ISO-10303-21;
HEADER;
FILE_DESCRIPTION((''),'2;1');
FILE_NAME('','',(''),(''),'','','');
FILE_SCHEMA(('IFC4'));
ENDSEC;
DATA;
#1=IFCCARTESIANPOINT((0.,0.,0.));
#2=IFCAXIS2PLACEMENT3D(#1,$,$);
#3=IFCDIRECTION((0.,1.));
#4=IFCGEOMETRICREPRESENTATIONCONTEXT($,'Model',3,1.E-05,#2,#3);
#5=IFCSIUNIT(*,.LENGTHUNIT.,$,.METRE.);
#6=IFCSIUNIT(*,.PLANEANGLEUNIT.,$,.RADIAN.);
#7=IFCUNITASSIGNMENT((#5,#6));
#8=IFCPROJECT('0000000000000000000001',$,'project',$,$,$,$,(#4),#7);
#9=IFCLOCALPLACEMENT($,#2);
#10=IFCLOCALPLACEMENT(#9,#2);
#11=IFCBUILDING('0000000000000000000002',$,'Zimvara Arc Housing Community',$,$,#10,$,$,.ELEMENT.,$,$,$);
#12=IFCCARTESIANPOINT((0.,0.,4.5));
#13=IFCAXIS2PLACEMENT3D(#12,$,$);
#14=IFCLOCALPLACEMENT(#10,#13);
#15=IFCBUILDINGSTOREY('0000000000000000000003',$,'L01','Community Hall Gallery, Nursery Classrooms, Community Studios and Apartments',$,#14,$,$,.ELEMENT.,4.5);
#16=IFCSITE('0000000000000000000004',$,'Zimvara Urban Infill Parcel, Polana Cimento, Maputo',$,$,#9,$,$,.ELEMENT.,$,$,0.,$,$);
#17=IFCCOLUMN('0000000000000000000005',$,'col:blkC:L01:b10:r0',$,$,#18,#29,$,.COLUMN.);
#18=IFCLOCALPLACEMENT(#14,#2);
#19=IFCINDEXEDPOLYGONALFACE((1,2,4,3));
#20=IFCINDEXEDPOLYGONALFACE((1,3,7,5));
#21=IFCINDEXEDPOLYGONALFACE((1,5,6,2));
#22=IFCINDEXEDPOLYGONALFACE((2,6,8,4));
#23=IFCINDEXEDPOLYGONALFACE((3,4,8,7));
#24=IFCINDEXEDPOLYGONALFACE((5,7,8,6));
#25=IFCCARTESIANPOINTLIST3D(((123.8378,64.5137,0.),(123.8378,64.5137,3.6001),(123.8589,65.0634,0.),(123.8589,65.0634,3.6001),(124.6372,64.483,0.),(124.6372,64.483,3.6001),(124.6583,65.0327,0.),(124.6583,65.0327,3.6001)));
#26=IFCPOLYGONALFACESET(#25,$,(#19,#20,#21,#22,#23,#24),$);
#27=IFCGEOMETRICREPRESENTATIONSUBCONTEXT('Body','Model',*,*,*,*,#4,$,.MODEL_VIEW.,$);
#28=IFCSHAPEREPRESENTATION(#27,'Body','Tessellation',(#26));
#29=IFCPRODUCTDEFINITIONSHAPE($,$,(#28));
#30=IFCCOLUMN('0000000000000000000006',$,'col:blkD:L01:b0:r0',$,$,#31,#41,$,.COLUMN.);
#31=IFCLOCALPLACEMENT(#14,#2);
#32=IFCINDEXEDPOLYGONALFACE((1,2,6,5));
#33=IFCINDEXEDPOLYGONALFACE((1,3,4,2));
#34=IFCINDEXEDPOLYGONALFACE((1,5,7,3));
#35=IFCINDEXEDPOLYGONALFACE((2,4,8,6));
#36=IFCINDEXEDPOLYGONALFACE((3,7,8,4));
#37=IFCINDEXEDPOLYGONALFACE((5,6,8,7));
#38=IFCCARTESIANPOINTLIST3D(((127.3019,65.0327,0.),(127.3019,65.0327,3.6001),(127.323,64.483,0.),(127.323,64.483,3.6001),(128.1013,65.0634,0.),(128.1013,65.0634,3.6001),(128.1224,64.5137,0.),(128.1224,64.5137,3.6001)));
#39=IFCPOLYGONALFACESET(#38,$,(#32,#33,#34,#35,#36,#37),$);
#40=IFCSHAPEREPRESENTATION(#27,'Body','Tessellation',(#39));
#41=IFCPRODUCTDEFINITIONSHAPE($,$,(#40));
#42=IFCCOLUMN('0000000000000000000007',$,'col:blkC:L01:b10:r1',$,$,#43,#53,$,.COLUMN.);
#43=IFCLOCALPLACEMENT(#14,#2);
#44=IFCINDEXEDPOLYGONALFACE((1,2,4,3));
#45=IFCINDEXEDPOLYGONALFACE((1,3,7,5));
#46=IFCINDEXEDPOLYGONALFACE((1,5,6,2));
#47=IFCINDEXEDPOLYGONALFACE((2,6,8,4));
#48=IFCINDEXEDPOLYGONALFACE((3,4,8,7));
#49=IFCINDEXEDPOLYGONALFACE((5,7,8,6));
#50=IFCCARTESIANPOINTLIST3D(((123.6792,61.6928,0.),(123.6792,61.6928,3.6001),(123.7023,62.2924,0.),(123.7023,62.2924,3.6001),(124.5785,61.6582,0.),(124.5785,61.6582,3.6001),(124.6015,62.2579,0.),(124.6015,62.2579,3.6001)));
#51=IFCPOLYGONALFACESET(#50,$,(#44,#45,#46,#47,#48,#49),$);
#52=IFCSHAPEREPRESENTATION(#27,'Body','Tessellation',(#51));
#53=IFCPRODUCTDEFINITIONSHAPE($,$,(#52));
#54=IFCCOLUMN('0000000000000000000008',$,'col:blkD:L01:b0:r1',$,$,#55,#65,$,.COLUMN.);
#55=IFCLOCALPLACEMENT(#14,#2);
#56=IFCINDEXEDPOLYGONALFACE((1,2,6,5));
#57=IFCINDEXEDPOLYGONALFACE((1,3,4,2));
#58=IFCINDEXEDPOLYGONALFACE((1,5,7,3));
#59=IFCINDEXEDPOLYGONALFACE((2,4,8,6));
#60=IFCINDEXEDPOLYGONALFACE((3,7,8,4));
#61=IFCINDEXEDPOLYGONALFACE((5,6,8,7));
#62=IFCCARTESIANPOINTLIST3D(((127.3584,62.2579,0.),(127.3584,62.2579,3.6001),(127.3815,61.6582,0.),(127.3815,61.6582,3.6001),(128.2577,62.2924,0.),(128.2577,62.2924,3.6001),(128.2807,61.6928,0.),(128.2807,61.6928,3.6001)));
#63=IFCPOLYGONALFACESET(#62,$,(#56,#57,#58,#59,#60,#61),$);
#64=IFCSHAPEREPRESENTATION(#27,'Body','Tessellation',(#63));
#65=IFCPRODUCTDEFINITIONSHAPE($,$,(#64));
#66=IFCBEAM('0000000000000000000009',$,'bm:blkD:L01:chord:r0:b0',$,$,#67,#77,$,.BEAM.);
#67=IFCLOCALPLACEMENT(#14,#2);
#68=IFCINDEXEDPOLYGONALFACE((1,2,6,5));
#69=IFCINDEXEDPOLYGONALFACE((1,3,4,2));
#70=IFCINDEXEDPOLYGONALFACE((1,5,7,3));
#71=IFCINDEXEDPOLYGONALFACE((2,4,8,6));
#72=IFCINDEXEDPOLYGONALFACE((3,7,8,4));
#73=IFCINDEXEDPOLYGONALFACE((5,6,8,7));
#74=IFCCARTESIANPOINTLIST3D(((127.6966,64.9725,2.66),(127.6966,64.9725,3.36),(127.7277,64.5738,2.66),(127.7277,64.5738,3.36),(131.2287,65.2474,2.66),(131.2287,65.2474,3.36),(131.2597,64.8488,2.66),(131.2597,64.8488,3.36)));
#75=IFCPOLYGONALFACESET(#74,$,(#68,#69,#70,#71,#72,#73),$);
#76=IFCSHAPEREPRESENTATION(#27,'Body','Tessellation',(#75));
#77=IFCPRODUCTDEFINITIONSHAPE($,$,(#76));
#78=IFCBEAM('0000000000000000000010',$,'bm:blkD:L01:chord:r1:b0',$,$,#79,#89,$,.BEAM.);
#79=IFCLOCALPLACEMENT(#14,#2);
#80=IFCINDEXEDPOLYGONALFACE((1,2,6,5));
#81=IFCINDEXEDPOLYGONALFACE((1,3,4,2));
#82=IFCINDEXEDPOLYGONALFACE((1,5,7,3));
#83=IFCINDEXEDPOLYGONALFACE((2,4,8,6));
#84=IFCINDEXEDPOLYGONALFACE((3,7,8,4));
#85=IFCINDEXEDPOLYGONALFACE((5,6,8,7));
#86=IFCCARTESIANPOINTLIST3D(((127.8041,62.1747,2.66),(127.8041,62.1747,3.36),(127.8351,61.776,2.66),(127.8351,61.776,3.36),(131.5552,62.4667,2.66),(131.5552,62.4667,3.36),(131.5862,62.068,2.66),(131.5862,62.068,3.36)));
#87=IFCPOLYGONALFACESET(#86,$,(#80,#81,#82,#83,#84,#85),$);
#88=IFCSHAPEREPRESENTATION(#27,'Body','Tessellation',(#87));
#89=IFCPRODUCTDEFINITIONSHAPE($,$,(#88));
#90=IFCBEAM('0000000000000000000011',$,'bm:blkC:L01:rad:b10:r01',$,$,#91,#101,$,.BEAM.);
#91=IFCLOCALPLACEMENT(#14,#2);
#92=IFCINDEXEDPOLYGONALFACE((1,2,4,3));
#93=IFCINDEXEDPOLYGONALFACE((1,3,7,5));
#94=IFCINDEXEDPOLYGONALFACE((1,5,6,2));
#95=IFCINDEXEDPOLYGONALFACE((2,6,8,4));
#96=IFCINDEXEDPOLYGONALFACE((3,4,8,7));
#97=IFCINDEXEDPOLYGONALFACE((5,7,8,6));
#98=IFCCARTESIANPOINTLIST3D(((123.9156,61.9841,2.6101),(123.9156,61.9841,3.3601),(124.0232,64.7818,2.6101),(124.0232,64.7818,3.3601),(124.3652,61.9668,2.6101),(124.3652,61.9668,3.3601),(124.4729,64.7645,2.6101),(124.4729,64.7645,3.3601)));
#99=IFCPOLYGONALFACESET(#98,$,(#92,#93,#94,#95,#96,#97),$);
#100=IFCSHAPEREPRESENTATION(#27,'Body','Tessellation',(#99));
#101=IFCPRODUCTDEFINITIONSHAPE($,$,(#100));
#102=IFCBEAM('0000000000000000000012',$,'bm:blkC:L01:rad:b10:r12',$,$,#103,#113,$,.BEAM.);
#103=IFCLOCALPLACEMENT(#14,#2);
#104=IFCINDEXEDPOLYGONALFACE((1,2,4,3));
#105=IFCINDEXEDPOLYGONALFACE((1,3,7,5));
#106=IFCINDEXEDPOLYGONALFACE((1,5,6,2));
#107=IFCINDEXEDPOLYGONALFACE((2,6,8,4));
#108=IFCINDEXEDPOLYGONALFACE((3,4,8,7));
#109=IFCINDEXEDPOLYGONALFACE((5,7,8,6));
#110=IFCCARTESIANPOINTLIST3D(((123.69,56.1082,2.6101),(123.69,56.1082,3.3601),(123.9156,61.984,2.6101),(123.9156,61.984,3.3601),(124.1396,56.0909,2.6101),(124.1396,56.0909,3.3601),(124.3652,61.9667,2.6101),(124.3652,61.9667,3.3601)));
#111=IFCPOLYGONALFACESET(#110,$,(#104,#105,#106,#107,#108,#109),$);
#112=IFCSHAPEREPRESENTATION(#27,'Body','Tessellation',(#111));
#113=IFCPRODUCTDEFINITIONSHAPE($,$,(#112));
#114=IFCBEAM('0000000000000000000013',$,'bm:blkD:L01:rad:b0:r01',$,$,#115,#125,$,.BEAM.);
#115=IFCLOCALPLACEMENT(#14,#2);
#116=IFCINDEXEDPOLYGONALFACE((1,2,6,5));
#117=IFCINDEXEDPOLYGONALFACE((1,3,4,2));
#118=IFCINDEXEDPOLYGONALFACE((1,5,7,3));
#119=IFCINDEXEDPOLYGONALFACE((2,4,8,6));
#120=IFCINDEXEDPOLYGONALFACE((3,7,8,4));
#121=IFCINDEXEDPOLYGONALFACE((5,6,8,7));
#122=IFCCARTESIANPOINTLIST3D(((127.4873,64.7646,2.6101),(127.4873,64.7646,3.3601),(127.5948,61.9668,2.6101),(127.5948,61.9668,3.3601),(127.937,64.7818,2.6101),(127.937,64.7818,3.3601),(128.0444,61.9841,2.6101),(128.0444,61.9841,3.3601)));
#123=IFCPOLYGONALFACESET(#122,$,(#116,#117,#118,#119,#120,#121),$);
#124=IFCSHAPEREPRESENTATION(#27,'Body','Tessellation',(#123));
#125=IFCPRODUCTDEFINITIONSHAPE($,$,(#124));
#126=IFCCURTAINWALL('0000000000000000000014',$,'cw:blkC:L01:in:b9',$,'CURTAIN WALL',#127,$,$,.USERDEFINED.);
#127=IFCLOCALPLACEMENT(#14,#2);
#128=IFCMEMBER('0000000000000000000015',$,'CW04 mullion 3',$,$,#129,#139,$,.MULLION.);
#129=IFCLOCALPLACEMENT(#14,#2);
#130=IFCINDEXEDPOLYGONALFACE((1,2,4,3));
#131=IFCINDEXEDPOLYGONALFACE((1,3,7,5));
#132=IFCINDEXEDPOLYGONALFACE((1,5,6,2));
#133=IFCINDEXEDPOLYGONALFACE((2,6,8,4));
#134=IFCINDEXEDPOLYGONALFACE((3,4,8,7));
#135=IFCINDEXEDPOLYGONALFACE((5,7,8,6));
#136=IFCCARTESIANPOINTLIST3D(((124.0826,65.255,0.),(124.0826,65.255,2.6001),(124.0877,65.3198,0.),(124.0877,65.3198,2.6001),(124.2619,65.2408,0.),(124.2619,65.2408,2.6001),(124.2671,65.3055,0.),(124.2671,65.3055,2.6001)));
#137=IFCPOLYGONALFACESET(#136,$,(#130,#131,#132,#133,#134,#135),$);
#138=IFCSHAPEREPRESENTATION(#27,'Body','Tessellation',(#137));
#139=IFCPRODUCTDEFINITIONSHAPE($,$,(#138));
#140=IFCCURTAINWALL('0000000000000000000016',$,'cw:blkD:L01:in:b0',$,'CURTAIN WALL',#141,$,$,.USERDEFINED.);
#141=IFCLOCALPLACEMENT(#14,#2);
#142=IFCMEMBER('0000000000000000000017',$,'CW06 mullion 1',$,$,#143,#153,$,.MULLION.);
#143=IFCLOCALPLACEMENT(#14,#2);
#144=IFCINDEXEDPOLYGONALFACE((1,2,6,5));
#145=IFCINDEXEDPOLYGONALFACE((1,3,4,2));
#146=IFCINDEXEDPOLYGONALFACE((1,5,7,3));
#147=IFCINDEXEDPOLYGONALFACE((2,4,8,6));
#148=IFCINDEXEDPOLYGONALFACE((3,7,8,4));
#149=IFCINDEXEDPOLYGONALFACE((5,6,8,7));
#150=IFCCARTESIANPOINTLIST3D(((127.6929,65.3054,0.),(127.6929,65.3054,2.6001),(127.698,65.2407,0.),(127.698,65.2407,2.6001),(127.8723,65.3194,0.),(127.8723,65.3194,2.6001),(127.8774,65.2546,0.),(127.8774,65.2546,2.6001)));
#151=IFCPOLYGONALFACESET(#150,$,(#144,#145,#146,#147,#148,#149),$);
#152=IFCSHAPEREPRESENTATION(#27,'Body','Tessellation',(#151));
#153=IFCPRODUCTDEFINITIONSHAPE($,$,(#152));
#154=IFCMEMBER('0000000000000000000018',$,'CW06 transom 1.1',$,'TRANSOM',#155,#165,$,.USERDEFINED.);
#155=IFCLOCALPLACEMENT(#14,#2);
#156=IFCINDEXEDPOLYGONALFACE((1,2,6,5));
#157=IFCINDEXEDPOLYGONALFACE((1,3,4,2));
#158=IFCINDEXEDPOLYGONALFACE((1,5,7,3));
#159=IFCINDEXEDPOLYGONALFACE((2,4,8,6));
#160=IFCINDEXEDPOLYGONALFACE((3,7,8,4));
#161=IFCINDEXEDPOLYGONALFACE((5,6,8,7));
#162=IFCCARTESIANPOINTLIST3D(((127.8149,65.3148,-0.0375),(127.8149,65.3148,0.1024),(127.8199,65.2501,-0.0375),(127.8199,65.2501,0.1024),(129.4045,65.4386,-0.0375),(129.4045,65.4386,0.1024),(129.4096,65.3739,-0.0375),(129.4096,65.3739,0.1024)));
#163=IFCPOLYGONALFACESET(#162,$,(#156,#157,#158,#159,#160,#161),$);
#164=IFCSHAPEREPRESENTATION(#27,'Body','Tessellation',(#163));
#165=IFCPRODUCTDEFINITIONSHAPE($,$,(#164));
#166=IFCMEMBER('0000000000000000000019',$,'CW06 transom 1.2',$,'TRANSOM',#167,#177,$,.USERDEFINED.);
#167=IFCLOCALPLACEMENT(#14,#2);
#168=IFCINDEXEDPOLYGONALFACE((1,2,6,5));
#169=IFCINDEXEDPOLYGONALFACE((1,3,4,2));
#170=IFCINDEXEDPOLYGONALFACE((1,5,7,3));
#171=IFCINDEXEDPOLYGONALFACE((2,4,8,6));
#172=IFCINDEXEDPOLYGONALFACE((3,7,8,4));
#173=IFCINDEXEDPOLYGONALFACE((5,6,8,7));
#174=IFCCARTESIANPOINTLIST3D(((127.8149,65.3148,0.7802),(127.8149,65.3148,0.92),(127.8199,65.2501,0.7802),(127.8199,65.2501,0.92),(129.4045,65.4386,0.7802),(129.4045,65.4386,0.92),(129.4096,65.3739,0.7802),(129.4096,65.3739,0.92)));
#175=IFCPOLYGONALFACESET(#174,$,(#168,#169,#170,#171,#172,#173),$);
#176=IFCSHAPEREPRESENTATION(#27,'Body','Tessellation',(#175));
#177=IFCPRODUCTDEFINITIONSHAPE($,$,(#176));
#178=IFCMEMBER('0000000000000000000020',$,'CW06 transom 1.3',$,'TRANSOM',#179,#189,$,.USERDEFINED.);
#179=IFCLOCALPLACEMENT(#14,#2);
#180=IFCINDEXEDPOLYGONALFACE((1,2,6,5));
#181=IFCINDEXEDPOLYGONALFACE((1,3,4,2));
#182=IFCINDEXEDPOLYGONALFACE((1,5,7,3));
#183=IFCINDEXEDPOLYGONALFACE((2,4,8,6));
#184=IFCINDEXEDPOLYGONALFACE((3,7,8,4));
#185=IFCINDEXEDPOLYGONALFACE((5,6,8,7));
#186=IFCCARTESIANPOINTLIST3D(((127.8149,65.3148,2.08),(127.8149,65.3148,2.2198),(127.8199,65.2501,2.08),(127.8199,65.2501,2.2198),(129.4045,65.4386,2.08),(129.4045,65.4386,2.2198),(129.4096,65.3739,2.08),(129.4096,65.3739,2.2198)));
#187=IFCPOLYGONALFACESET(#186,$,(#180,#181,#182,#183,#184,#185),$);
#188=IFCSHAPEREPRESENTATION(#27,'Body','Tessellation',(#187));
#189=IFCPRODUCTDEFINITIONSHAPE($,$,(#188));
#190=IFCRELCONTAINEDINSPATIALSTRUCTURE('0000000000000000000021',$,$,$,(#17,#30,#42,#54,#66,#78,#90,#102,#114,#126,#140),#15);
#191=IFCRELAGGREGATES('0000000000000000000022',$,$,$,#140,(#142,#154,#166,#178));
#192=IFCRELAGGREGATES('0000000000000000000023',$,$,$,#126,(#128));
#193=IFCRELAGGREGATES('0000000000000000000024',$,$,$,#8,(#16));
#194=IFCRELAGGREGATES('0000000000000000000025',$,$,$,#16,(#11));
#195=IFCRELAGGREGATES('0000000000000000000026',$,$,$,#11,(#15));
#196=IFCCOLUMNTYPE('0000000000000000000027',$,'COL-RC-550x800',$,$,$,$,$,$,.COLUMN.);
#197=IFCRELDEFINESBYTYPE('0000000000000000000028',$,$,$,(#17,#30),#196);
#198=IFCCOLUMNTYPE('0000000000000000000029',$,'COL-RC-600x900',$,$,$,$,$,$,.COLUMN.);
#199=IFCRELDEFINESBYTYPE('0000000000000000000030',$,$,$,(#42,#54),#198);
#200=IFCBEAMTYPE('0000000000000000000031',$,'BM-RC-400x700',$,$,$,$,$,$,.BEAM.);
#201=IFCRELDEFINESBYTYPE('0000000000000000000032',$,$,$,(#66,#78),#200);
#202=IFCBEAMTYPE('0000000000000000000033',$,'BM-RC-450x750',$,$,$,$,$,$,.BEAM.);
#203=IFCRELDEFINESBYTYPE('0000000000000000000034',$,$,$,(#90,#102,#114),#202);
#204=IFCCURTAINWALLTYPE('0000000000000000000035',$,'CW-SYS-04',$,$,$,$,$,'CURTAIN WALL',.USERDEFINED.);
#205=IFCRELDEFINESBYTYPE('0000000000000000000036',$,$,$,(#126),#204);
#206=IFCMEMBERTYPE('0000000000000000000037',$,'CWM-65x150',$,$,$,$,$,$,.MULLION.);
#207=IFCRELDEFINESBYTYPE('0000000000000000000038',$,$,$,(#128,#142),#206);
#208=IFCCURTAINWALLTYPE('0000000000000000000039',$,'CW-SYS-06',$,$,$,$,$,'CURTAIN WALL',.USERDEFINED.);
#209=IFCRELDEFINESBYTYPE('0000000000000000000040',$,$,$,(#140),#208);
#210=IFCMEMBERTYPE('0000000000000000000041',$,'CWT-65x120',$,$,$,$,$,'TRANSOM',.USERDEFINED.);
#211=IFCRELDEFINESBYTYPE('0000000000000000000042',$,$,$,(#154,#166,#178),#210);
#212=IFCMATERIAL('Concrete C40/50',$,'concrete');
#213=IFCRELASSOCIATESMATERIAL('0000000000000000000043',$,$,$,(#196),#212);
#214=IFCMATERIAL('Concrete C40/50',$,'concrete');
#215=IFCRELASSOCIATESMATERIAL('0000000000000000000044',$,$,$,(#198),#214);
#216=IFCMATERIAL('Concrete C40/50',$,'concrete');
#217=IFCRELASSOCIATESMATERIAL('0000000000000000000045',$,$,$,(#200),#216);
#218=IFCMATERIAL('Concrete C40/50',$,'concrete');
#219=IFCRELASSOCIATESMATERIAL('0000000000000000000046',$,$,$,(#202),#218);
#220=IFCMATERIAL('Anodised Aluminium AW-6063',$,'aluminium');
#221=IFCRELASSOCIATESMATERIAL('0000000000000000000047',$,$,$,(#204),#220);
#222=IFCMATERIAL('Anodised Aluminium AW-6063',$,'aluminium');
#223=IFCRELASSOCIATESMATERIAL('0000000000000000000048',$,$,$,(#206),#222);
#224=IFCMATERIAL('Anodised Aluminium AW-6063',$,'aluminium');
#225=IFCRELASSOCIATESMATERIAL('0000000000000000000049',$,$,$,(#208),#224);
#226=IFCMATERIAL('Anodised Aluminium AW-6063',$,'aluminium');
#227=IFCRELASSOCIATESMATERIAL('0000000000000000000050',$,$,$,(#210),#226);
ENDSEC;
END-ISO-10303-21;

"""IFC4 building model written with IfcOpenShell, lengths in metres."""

from ifc_helpers import new_model, si_unit, direction, frame, origin, origin_2d, place, context, subcontext, project, spatial, rectangle, extrude, material, material_profile, profile_set, type_object, element, aggregate, save


model = new_model("IFC4")

# Units and contexts
model_context = context("Model", 3, precision=1e-05, world=origin(), true_north=direction((0.0, 1.0)))
body_context = subcontext(model_context, "Body", "Model", "MODEL_VIEW")
ifc_project = project(units=[si_unit("LENGTHUNIT", "METRE"), si_unit("PLANEANGLEUNIT", "RADIAN")], contexts=[model_context])

# Site, building, storey
site_placement = place(None, origin())
site = spatial("IfcSite", under=ifc_project, at=site_placement, Name="Zimvara Urban Infill Parcel, Polana Cimento, Maputo", CompositionType="ELEMENT", RefElevation=0.0)
building_placement = place(site_placement, origin())
building = spatial("IfcBuilding", under=site, at=building_placement, Name="Zimvara Arc Housing Community", CompositionType="ELEMENT")
storey_placement = place(building_placement, frame((0.0, 0.0, 4.5)))
storey = spatial("IfcBuildingStorey", under=building, at=storey_placement, Name="L01", Description="Community Hall Gallery, Nursery Classrooms, Community Studios and Apartments", CompositionType="ELEMENT", Elevation=4.5)

# Columns
ifc_material_1 = material(Name="Concrete C40/50", Category="concrete")
ifc_material_profile_1 = material_profile(ifc_material_1, rectangle(XDim=0.55, YDim=0.8, at=origin_2d()), Name="RC 550x800")
ifc_profile_set_1 = profile_set([ifc_material_profile_1], Name="Concrete C40/50")
column_type_1 = type_object("IfcColumnType", Name="COL-RC-550x800", PredefinedType="COLUMN", material=ifc_profile_set_1)
for number, where, z_axis, x_axis, name in (
    (1, (124.248, 64.7732, 0.0), (0.0, 0.0, 1.0), (-0.038388, -0.999263, 0.0), "col:blkC:L01:b10:r0"),
    (2, (127.7122, 64.7732, 0.0), (0.0, 0.0, 1.0), (0.038388, -0.999263, 0.0), "col:blkD:L01:b0:r0"),
):
    element("IfcColumn", number, at=place(storey_placement, frame(where, z_axis=z_axis, x_axis=x_axis)), inside=storey, type_object=column_type_1, Name=name, PredefinedType="COLUMN", context=body_context, shape_type="SweptSolid", body=[
        extrude(rectangle(XDim=0.55, YDim=0.8, at=origin_2d()), origin(), (0.0, 0.0, 1.0), 3.6001),
    ])
ifc_material_2 = material(Name="Concrete C40/50", Category="concrete")
ifc_material_profile_2 = material_profile(ifc_material_2, rectangle(XDim=0.6001, YDim=0.8999, at=origin_2d()), Name="RC 600x900")
ifc_profile_set_2 = profile_set([ifc_material_profile_2], Name="Concrete C40/50")
column_type_2 = type_object("IfcColumnType", Name="COL-RC-600x900", PredefinedType="COLUMN", material=ifc_profile_set_2)
for number, where, z_axis, x_axis, name in (
    (3, (124.1404, 61.9753, 0.0), (0.0, 0.0, 1.0), (-0.038388, -0.999263, 0.0), "col:blkC:L01:b10:r1"),
    (4, (127.8196, 61.9753, 0.0), (0.0, 0.0, 1.0), (0.038388, -0.999263, 0.0), "col:blkD:L01:b0:r1"),
):
    element("IfcColumn", number, at=place(storey_placement, frame(where, z_axis=z_axis, x_axis=x_axis)), inside=storey, type_object=column_type_2, Name=name, PredefinedType="COLUMN", context=body_context, shape_type="SweptSolid", body=[
        extrude(rectangle(XDim=0.6001, YDim=0.8999, at=origin_2d()), origin(), (0.0, 0.0, 1.0), 3.6001),
    ])

# Beams
ifc_material_3 = material(Name="Concrete C40/50", Category="concrete")
ifc_material_profile_3 = material_profile(ifc_material_3, rectangle(XDim=0.3999, YDim=0.7, at=origin_2d()), Name="RC 400x700")
ifc_profile_set_3 = profile_set([ifc_material_profile_3], Name="Concrete C40/50")
beam_type_1 = type_object("IfcBeamType", Name="BM-RC-400x700", PredefinedType="BEAM", material=ifc_profile_set_3)
beam_1_placement = place(storey_placement, frame((127.7122, 64.7732, 3.01), z_axis=(0.996985, 0.077598, 0.0), x_axis=(-0.077598, 0.996985, 0.0)))
element("IfcBeam", 5, at=beam_1_placement, inside=storey, type_object=beam_type_1, Name="bm:blkD:L01:chord:r0:b0", PredefinedType="BEAM", context=body_context, shape_type="SweptSolid", body=[
    extrude(rectangle(XDim=0.3999, YDim=0.7, at=origin_2d()), origin(), (0.0, 0.0, 1.0), 3.5427),
])
beam_2_placement = place(storey_placement, frame((127.8196, 61.9753, 3.01), z_axis=(0.996984, 0.077604, 0.0), x_axis=(-0.077604, 0.996984, 0.0)))
element("IfcBeam", 6, at=beam_2_placement, inside=storey, type_object=beam_type_1, Name="bm:blkD:L01:chord:r1:b0", PredefinedType="BEAM", context=body_context, shape_type="SweptSolid", body=[
    extrude(rectangle(XDim=0.3999, YDim=0.7, at=origin_2d()), origin(), (0.0, 0.0, 1.0), 3.7625),
])
ifc_material_4 = material(Name="Concrete C40/50", Category="concrete")
ifc_material_profile_4 = material_profile(ifc_material_4, rectangle(XDim=0.45, YDim=0.75, at=origin_2d()), Name="RC 450x750")
ifc_profile_set_4 = profile_set([ifc_material_profile_4], Name="Concrete C40/50")
beam_type_2 = type_object("IfcBeamType", Name="BM-RC-450x750", PredefinedType="BEAM", material=ifc_profile_set_4)
beam_3_placement = place(storey_placement, frame((124.248, 64.7732, 2.9851), z_axis=(-0.038453, -0.99926, 0.0), x_axis=(0.99926, -0.038453, 0.0)))
element("IfcBeam", 7, at=beam_3_placement, inside=storey, type_object=beam_type_2, Name="bm:blkC:L01:rad:b10:r01", PredefinedType="BEAM", context=body_context, shape_type="SweptSolid", body=[
    extrude(rectangle(XDim=0.45, YDim=0.75, at=origin_2d()), origin(), (0.0, 0.0, 1.0), 2.7998),
])
beam_4_placement = place(storey_placement, frame((124.1404, 61.9753, 2.9851), z_axis=(-0.038365, -0.999264, 0.0), x_axis=(0.999264, -0.038365, 0.0)))
element("IfcBeam", 8, at=beam_4_placement, inside=storey, type_object=beam_type_2, Name="bm:blkC:L01:rad:b10:r12", PredefinedType="BEAM", context=body_context, shape_type="SweptSolid", body=[
    extrude(rectangle(XDim=0.45, YDim=0.75, at=origin_2d()), origin(), (0.0, 0.0, 1.0), 5.8801),
])
beam_5_placement = place(storey_placement, frame((127.7122, 64.7732, 2.9851), z_axis=(0.038366, -0.999264, 0.0), x_axis=(0.999264, 0.038366, 0.0)))
element("IfcBeam", 9, at=beam_5_placement, inside=storey, type_object=beam_type_2, Name="bm:blkD:L01:rad:b0:r01", PredefinedType="BEAM", context=body_context, shape_type="SweptSolid", body=[
    extrude(rectangle(XDim=0.45, YDim=0.75, at=origin_2d()), origin(), (0.0, 0.0, 1.0), 2.7998),
])

# Curtain wall, member
ifc_material_5 = material(Name="Anodised Aluminium AW-6063", Category="aluminium")
curtain_wall_type_1 = type_object("IfcCurtainWallType", Name="CW-SYS-04", ElementType="CURTAIN WALL", PredefinedType="USERDEFINED", material=ifc_material_5)
curtain_wall_1_placement = place(storey_placement, origin())
curtain_wall_1 = element("IfcCurtainWall", 10, at=curtain_wall_1_placement, inside=storey, type_object=curtain_wall_type_1, Name="cw:blkC:L01:in:b9", ObjectType="CURTAIN WALL", PredefinedType="USERDEFINED")
ifc_material_6 = material(Name="Anodised Aluminium AW-6063", Category="aluminium")
ifc_material_profile_5 = material_profile(ifc_material_6, rectangle(XDim=0.0649, YDim=0.1799, at=origin_2d()), Name="ALU 65x180")
ifc_profile_set_5 = profile_set([ifc_material_profile_5], Name="Anodised Aluminium AW-6063")
member_type_1 = type_object("IfcMemberType", Name="CWM-65x150", PredefinedType="MULLION", material=ifc_profile_set_5)
member_1_placement = place(storey_placement, frame((124.1748, 65.2803, 0.0), z_axis=(0.0, 0.0, 1.0), x_axis=(0.079155, 0.996862, 0.0)))
member_1 = element("IfcMember", 11, at=member_1_placement, type_object=member_type_1, Name="CW04 mullion 3", PredefinedType="MULLION", context=body_context, shape_type="SweptSolid", body=[
    extrude(rectangle(XDim=0.0649, YDim=0.1799, at=origin_2d()), origin(), (0.0, 0.0, 1.0), 2.6001),
])

# Curtain wall, members
ifc_material_7 = material(Name="Anodised Aluminium AW-6063", Category="aluminium")
curtain_wall_type_2 = type_object("IfcCurtainWallType", Name="CW-SYS-06", ElementType="CURTAIN WALL", PredefinedType="USERDEFINED", material=ifc_material_7)
curtain_wall_2_placement = place(storey_placement, origin())
curtain_wall_2 = element("IfcCurtainWall", 12, at=curtain_wall_2_placement, inside=storey, type_object=curtain_wall_type_2, Name="cw:blkD:L01:in:b0", ObjectType="CURTAIN WALL", PredefinedType="USERDEFINED")
member_2_placement = place(storey_placement, frame((127.7852, 65.28, 0.0), z_axis=(0.0, 0.0, 1.0), x_axis=(-0.07759, 0.996985, 0.0)))
member_2 = element("IfcMember", 13, at=member_2_placement, type_object=member_type_1, Name="CW06 mullion 1", PredefinedType="MULLION", context=body_context, shape_type="SweptSolid", body=[
    extrude(rectangle(XDim=0.0649, YDim=0.1799, at=origin_2d()), origin(), (0.0, 0.0, 1.0), 2.6001),
])
ifc_material_8 = material(Name="Anodised Aluminium AW-6063", Category="aluminium")
ifc_material_profile_6 = material_profile(ifc_material_8, rectangle(XDim=0.0649, YDim=0.1399, at=origin_2d()), Name="ALU 65x140")
ifc_profile_set_6 = profile_set([ifc_material_profile_6], Name="Anodised Aluminium AW-6063")
member_type_2 = type_object("IfcMemberType", Name="CWT-65x120", ElementType="TRANSOM", PredefinedType="USERDEFINED", material=ifc_profile_set_6)
member_3_placement = place(storey_placement, frame((127.8174, 65.2825, 0.0325), z_axis=(0.996982, 0.077633, 0.0), x_axis=(-0.077633, 0.996982, 0.0)))
member_3 = element("IfcMember", 14, at=member_3_placement, type_object=member_type_2, Name="CW06 transom 1.1", ObjectType="TRANSOM", PredefinedType="USERDEFINED", context=body_context, shape_type="SweptSolid", body=[
    extrude(rectangle(XDim=0.0649, YDim=0.1399, at=origin_2d()), origin(), (0.0, 0.0, 1.0), 1.5945),
])
member_4_placement = place(storey_placement, frame((127.8174, 65.2825, 0.8501), z_axis=(0.996982, 0.077633, 0.0), x_axis=(-0.077633, 0.996982, 0.0)))
member_4 = element("IfcMember", 15, at=member_4_placement, type_object=member_type_2, Name="CW06 transom 1.2", ObjectType="TRANSOM", PredefinedType="USERDEFINED", context=body_context, shape_type="SweptSolid", body=[
    extrude(rectangle(XDim=0.0649, YDim=0.1399, at=origin_2d()), origin(), (0.0, 0.0, 1.0), 1.5945),
])
member_5_placement = place(storey_placement, frame((127.8174, 65.2825, 2.1499), z_axis=(0.996982, 0.077633, 0.0), x_axis=(-0.077633, 0.996982, 0.0)))
member_5 = element("IfcMember", 16, at=member_5_placement, type_object=member_type_2, Name="CW06 transom 1.3", ObjectType="TRANSOM", PredefinedType="USERDEFINED", context=body_context, shape_type="SweptSolid", body=[
    extrude(rectangle(XDim=0.0649, YDim=0.1399, at=origin_2d()), origin(), (0.0, 0.0, 1.0), 1.5945),
])
aggregate(curtain_wall_2, [member_2, member_3, member_4, member_5])

aggregate(curtain_wall_1, [member_1])

save(model, "model.ifc")
